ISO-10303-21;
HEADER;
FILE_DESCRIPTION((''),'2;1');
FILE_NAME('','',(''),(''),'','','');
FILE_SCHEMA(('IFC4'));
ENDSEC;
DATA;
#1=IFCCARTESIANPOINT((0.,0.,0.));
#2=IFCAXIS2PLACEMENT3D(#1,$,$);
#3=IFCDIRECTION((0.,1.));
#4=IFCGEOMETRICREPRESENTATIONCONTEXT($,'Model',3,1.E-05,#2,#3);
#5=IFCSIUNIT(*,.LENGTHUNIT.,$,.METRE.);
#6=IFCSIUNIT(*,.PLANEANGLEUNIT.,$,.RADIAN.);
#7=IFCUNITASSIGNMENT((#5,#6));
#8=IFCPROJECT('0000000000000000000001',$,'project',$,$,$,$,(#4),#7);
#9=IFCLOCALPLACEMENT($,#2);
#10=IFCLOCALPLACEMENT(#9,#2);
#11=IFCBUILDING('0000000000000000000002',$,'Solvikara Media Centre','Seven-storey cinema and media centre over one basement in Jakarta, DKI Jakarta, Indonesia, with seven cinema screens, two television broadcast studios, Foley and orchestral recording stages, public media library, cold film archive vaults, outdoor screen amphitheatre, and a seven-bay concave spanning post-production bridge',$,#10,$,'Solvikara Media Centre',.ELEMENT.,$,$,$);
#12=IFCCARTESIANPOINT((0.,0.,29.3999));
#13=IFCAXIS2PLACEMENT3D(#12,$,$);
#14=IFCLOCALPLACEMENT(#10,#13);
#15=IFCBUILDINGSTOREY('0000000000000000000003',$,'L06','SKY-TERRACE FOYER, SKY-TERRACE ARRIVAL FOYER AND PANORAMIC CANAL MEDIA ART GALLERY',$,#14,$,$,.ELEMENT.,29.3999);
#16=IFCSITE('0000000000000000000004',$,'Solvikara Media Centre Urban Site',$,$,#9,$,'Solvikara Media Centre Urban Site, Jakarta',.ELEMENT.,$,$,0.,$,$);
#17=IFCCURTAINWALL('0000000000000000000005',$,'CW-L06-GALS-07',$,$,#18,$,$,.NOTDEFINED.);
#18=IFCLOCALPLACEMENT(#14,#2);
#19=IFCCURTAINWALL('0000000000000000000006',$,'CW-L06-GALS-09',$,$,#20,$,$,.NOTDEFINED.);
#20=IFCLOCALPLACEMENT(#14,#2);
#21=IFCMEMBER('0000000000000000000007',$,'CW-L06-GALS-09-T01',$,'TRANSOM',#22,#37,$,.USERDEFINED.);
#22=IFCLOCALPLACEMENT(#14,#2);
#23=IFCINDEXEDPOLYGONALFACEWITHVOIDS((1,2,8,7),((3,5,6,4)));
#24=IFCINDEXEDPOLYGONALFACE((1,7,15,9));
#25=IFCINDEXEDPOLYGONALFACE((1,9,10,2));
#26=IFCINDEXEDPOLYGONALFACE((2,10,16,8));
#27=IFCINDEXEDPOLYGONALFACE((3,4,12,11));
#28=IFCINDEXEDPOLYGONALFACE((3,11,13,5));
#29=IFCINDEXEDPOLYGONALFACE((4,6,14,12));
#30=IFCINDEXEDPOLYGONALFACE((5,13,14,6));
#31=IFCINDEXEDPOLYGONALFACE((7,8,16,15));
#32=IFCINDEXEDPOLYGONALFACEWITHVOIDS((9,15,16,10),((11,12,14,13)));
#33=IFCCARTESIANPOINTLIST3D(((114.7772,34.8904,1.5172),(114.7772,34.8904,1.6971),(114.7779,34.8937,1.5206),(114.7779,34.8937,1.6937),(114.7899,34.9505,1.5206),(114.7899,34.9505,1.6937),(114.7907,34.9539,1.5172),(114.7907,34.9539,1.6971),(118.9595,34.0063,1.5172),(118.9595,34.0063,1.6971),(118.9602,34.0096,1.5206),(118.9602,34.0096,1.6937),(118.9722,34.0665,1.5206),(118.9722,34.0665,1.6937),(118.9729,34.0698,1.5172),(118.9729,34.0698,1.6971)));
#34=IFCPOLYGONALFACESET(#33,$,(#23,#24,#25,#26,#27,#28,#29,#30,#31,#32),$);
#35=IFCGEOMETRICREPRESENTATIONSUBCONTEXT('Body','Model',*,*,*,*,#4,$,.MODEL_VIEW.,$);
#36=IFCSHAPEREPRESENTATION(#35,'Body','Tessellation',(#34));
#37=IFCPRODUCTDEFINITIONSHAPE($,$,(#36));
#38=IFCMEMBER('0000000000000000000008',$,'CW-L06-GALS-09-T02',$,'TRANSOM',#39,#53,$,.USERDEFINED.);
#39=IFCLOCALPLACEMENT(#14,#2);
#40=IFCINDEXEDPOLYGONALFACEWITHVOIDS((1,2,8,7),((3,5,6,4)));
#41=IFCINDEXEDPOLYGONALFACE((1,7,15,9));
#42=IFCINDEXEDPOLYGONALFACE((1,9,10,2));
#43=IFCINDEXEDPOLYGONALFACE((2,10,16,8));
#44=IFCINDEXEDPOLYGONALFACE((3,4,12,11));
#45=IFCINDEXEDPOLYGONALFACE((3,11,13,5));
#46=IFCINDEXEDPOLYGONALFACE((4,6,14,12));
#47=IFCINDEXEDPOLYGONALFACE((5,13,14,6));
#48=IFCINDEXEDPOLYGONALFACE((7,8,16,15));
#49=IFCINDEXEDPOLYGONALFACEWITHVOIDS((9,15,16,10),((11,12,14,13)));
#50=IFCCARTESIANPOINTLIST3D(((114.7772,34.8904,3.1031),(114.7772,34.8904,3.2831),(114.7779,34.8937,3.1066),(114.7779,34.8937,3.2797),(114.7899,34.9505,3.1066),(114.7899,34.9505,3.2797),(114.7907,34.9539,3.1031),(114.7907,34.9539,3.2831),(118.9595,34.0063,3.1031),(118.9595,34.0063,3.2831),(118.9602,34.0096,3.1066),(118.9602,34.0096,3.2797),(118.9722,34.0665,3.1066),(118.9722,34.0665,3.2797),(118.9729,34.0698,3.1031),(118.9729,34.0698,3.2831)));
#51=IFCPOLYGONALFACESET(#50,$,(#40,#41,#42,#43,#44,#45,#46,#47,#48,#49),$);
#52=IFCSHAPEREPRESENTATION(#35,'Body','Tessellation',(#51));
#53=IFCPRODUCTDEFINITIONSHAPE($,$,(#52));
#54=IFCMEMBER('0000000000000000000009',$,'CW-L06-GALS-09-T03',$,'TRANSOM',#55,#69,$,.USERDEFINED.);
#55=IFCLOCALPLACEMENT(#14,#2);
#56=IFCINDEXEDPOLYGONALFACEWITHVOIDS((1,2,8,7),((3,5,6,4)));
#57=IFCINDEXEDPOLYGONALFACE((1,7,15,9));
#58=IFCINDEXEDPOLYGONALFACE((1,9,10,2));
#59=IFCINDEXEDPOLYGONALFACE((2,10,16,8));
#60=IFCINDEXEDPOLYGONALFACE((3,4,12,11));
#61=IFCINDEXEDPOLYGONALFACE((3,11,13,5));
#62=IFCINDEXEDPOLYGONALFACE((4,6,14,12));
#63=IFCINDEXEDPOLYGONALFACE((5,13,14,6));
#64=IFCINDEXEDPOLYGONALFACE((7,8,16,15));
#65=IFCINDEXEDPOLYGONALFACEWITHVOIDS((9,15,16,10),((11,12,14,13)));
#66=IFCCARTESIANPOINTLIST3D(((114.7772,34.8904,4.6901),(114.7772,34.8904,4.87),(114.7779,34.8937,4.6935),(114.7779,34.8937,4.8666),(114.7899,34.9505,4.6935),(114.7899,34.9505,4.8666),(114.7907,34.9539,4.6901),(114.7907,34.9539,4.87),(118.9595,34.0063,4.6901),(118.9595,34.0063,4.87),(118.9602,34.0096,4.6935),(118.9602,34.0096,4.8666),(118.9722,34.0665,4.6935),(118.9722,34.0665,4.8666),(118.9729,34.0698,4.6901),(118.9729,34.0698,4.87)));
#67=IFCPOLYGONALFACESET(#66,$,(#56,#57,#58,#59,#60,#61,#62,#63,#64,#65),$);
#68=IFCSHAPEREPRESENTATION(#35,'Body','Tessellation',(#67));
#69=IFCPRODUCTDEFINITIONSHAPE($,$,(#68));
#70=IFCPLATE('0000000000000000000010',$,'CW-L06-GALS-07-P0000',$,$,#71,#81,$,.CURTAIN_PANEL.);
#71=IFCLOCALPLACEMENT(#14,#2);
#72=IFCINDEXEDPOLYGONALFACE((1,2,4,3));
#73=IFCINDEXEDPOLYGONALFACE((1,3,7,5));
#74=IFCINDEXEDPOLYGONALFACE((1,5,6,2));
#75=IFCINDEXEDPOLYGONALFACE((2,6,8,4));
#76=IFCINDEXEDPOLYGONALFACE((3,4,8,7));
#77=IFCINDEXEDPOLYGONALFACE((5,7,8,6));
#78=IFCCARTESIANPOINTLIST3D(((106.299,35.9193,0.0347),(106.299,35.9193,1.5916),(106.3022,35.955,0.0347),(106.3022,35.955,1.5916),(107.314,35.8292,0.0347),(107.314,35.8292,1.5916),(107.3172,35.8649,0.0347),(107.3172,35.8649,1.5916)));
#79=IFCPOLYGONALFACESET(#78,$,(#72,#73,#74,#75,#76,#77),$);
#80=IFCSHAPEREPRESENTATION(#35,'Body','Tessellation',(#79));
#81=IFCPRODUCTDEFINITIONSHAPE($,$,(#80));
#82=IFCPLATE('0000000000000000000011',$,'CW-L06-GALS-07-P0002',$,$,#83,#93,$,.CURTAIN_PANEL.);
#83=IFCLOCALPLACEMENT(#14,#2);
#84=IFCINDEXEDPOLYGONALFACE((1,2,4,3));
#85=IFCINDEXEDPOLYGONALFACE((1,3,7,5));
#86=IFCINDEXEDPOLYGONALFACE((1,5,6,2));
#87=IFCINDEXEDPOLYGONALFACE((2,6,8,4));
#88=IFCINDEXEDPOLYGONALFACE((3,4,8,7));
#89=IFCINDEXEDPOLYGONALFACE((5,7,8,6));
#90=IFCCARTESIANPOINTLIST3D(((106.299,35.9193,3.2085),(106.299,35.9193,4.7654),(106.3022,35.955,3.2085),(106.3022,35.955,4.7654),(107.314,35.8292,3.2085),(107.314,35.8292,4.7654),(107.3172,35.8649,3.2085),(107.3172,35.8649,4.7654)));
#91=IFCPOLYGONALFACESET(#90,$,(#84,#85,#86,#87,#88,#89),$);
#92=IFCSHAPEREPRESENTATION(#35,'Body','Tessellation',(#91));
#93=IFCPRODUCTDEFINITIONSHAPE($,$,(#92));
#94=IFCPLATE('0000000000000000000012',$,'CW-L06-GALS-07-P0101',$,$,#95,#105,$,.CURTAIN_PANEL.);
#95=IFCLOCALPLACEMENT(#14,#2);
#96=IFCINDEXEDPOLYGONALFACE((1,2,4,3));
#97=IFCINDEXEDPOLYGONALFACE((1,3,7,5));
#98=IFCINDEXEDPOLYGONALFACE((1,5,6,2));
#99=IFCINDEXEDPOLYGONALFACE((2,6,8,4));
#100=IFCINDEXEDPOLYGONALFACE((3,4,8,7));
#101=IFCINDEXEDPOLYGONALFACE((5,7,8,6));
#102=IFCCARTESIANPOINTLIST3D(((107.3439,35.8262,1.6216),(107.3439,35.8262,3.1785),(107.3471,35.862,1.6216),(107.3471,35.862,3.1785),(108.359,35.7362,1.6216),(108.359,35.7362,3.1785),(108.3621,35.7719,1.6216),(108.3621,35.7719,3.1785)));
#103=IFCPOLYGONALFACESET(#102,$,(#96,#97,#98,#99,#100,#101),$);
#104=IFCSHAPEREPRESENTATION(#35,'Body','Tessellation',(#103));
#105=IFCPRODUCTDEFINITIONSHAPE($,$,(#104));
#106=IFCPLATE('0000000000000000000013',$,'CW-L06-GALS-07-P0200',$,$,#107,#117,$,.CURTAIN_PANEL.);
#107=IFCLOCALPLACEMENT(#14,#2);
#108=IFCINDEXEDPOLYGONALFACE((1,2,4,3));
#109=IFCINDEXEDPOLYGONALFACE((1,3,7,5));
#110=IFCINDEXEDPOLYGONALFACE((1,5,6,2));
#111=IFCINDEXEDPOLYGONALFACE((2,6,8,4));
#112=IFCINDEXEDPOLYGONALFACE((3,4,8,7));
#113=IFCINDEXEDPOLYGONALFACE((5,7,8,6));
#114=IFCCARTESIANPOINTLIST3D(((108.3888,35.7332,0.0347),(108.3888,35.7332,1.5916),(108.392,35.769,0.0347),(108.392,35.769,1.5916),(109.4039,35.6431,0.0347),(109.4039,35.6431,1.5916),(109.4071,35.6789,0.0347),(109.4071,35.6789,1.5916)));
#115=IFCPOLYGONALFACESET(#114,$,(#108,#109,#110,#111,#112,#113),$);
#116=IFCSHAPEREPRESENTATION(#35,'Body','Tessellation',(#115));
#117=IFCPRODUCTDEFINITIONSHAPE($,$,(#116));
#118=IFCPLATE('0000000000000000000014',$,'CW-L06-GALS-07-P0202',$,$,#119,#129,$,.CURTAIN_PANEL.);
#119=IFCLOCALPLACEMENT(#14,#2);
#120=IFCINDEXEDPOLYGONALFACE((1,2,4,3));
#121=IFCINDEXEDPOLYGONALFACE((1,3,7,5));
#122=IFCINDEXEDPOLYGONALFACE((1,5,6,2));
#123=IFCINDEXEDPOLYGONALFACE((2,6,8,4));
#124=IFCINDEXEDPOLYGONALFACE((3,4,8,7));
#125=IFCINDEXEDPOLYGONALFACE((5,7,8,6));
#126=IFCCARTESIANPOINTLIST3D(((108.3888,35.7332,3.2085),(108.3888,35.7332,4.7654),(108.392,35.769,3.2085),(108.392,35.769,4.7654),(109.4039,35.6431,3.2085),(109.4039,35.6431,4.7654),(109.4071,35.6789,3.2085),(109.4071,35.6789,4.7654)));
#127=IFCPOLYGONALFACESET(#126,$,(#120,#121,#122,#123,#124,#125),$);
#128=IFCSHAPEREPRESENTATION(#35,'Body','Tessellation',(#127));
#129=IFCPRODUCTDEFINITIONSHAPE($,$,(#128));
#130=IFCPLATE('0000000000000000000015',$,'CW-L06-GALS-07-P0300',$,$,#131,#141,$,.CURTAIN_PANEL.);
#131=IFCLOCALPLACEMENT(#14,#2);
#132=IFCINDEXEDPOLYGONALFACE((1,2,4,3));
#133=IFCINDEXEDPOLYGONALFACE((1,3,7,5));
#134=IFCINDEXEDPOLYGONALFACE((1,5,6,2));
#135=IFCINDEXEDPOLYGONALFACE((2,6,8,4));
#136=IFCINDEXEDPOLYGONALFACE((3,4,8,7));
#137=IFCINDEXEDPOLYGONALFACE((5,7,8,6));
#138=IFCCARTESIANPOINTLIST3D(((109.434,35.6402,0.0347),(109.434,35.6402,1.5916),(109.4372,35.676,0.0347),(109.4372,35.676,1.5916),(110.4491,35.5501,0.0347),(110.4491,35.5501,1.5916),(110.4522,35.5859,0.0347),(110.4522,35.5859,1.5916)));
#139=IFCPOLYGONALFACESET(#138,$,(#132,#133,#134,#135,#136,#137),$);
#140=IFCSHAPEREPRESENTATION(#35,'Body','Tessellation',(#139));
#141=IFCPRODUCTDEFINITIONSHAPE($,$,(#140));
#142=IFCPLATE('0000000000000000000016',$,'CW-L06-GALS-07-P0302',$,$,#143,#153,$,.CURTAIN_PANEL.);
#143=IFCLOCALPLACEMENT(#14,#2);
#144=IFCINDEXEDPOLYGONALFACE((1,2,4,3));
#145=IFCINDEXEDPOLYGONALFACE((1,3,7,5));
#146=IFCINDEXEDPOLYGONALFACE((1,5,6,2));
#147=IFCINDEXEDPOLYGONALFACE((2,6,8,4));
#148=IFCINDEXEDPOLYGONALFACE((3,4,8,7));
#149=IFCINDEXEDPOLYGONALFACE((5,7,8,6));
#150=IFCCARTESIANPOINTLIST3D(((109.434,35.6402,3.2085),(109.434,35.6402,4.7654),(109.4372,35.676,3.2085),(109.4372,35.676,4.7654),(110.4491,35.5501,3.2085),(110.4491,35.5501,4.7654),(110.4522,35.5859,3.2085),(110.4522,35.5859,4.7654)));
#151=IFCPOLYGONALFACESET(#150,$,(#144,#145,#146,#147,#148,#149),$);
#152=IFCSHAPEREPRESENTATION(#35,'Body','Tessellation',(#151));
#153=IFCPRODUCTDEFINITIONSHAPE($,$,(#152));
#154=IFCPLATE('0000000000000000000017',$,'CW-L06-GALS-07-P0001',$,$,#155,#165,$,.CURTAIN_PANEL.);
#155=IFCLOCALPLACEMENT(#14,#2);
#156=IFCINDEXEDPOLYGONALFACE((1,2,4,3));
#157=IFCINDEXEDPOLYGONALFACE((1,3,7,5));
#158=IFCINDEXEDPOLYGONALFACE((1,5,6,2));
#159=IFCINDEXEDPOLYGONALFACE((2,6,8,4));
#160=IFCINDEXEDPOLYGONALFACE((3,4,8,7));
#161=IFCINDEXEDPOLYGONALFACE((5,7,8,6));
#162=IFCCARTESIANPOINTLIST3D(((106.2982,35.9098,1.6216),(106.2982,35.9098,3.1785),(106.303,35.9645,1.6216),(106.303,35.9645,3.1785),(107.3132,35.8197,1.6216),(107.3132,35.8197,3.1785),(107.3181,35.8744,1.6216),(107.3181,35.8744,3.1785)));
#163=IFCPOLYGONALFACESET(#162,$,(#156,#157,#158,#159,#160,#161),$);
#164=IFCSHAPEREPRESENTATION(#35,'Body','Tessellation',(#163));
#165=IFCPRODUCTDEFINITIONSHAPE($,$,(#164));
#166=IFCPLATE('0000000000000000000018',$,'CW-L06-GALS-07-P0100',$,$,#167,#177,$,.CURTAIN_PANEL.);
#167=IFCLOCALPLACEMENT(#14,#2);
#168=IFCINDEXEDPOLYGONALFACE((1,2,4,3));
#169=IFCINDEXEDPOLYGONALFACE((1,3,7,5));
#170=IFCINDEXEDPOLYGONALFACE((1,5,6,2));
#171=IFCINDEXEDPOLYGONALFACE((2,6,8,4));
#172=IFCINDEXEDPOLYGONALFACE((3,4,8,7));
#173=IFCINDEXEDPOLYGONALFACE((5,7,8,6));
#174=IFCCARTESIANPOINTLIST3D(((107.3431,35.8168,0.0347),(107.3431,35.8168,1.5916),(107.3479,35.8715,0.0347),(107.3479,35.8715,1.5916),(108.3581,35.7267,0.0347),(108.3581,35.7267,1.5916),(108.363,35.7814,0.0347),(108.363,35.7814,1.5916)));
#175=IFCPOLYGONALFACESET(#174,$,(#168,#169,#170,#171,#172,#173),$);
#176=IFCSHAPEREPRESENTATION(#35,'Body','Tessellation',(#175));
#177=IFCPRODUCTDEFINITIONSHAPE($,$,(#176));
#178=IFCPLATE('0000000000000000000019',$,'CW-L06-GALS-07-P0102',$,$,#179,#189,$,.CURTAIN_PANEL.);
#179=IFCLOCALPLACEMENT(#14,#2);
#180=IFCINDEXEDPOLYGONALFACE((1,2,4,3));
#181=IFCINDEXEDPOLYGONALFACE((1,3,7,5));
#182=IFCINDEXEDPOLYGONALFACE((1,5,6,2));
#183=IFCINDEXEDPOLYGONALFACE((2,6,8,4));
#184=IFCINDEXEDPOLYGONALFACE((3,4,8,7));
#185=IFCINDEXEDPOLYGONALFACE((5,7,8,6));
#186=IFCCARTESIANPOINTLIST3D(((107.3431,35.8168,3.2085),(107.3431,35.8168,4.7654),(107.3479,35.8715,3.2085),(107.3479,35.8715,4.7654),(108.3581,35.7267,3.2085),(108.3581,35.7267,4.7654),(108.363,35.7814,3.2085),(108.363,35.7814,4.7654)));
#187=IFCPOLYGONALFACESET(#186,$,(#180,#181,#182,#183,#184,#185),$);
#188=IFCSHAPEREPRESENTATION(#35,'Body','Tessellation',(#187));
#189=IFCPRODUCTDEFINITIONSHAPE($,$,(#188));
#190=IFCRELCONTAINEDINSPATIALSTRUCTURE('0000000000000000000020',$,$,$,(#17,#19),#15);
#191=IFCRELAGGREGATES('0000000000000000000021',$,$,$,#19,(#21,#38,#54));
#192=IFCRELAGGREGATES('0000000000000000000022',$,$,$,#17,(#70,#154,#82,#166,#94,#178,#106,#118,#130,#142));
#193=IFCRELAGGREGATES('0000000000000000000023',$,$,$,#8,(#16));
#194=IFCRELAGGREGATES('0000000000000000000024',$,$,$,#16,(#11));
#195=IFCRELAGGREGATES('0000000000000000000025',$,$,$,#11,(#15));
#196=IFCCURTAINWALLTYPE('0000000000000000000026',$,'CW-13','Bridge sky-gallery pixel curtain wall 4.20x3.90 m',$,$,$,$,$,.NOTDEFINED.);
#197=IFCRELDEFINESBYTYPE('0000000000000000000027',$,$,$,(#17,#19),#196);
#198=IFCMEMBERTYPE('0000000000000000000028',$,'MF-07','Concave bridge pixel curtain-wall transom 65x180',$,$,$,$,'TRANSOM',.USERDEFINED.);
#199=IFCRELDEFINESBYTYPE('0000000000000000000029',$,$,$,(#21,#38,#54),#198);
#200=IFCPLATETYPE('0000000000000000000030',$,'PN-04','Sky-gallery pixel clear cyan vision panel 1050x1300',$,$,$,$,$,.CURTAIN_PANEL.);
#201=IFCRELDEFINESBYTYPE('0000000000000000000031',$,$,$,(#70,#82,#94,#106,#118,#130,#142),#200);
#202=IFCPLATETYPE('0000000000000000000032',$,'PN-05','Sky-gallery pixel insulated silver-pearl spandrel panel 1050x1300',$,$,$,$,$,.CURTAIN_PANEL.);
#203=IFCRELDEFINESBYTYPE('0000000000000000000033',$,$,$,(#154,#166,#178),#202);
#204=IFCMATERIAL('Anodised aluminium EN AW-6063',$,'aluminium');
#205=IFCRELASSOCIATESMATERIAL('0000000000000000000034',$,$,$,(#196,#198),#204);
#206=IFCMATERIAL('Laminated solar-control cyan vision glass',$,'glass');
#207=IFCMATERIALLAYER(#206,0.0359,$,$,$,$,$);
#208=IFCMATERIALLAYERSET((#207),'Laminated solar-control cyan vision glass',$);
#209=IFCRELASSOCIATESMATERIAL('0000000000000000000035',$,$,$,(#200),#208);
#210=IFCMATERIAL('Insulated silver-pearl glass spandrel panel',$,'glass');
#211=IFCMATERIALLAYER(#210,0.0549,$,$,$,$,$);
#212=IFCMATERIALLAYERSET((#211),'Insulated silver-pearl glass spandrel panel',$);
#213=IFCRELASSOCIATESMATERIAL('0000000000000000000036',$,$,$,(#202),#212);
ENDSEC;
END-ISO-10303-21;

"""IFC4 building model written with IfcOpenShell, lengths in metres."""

from ifc_helpers import new_model, si_unit, direction, frame, origin, origin_2d, place, context, subcontext, project, spatial, rectangle, hollow_rectangle, extrude, material, layer, layer_set, material_profile, profile_set, type_object, element, aggregate, save


model = new_model("IFC4")

# Units and contexts
model_context = context("Model", 3, precision=1e-05, world=origin(), true_north=direction((0.0, 1.0)))
body_context = subcontext(model_context, "Body", "Model", "MODEL_VIEW")
ifc_project = project(units=[si_unit("LENGTHUNIT", "METRE"), si_unit("PLANEANGLEUNIT", "RADIAN")], contexts=[model_context])

# Site, building, storey
site_placement = place(None, origin())
site = spatial("IfcSite", under=ifc_project, at=site_placement, Name="Solvikara Media Centre Urban Site", LongName="Solvikara Media Centre Urban Site, Jakarta", CompositionType="ELEMENT", RefElevation=0.0)
building_placement = place(site_placement, origin())
building = spatial("IfcBuilding", under=site, at=building_placement, Name="Solvikara Media Centre", Description="Seven-storey cinema and media centre over one basement in Jakarta, DKI Jakarta, Indonesia, with seven cinema screens, two television broadcast studios, Foley and orchestral recording stages, public media library, cold film archive vaults, outdoor screen amphitheatre, and a seven-bay concave spanning post-production bridge", LongName="Solvikara Media Centre", CompositionType="ELEMENT")
storey_placement = place(building_placement, frame((0.0, 0.0, 29.3999)))
storey = spatial("IfcBuildingStorey", under=building, at=storey_placement, Name="L06", Description="SKY-TERRACE FOYER, SKY-TERRACE ARRIVAL FOYER AND PANORAMIC CANAL MEDIA ART GALLERY", CompositionType="ELEMENT", Elevation=29.3999)

# Curtain walls, members
ifc_material_1 = material(Name="Anodised aluminium EN AW-6063", Category="aluminium")
curtain_wall_type = type_object("IfcCurtainWallType", Name="CW-13", Description="Bridge sky-gallery pixel curtain wall 4.20x3.90 m", PredefinedType="NOTDEFINED", material=ifc_material_1)
curtain_wall_1_placement = place(storey_placement, origin())
curtain_wall_1 = element("IfcCurtainWall", 1, at=curtain_wall_1_placement, inside=storey, type_object=curtain_wall_type, Name="CW-L06-GALS-07", PredefinedType="NOTDEFINED")
curtain_wall_2_placement = place(storey_placement, origin())
curtain_wall_2 = element("IfcCurtainWall", 2, at=curtain_wall_2_placement, inside=storey, type_object=curtain_wall_type, Name="CW-L06-GALS-09", PredefinedType="NOTDEFINED")
ifc_material_profile_1 = material_profile(ifc_material_1, hollow_rectangle(XDim=0.0649, YDim=0.1799, WallThickness=0.0034, at=origin_2d()), Name="ALU-T 65x180x3.5")
ifc_profile_set_1 = profile_set([ifc_material_profile_1], Name="Anodised aluminium EN AW-6063")
member_type_1 = type_object("IfcMemberType", Name="MF-07", Description="Concave bridge pixel curtain-wall transom 65x180", ElementType="TRANSOM", PredefinedType="USERDEFINED", material=ifc_profile_set_1)
member_1_placement = place(storey_placement, frame((114.7839, 34.9221, 1.6072), z_axis=(0.97838, -0.206814, 0.0), x_axis=(0.206814, 0.97838, 0.0)))
member_1 = element("IfcMember", 3, at=member_1_placement, type_object=member_type_1, Name="CW-L06-GALS-09-T01", ObjectType="TRANSOM", PredefinedType="USERDEFINED", context=body_context, shape_type="SweptSolid", body=[
    extrude(hollow_rectangle(XDim=0.0649, YDim=0.1799, WallThickness=0.0034, at=origin_2d()), origin(), (0.0, 0.0, 1.0), 4.2747),
])
member_2_placement = place(storey_placement, frame((114.7839, 34.9221, 3.1931), z_axis=(0.97838, -0.206814, 0.0), x_axis=(0.206814, 0.97838, 0.0)))
member_2 = element("IfcMember", 4, at=member_2_placement, type_object=member_type_1, Name="CW-L06-GALS-09-T02", ObjectType="TRANSOM", PredefinedType="USERDEFINED", context=body_context, shape_type="SweptSolid", body=[
    extrude(hollow_rectangle(XDim=0.0649, YDim=0.1799, WallThickness=0.0034, at=origin_2d()), origin(), (0.0, 0.0, 1.0), 4.2747),
])
member_3_placement = place(storey_placement, frame((114.7839, 34.9221, 4.78), z_axis=(0.97838, -0.206814, 0.0), x_axis=(0.206814, 0.97838, 0.0)))
member_3 = element("IfcMember", 5, at=member_3_placement, type_object=member_type_1, Name="CW-L06-GALS-09-T03", ObjectType="TRANSOM", PredefinedType="USERDEFINED", context=body_context, shape_type="SweptSolid", body=[
    extrude(hollow_rectangle(XDim=0.0649, YDim=0.1799, WallThickness=0.0034, at=origin_2d()), origin(), (0.0, 0.0, 1.0), 4.2747),
])
aggregate(curtain_wall_2, [member_1, member_2, member_3])

# Plates
ifc_material_2 = material(Name="Laminated solar-control cyan vision glass", Category="glass")
ifc_layer_1 = layer(ifc_material_2, 0.0359)
ifc_layer_set_1 = layer_set([ifc_layer_1], Name="Laminated solar-control cyan vision glass")
plate_type_1 = type_object("IfcPlateType", Name="PN-04", Description="Sky-gallery pixel clear cyan vision panel 1050x1300", PredefinedType="CURTAIN_PANEL", material=ifc_layer_set_1)
plate_1_placement = place(storey_placement, frame((106.8081, 35.8921, 0.0347), z_axis=(0.0, 0.0, 1.0), x_axis=(0.996084, -0.088408, 0.0)))
plate_1 = element("IfcPlate", 6, at=plate_1_placement, type_object=plate_type_1, Name="CW-L06-GALS-07-P0000", PredefinedType="CURTAIN_PANEL", context=body_context, shape_type="SweptSolid", body=[
    extrude(rectangle(XDim=1.019, YDim=0.0359, at=origin_2d()), origin(), (0.0, 0.0, 1.0), 1.5569),
])
plate_2_placement = place(storey_placement, frame((106.8081, 35.8921, 3.2085), z_axis=(0.0, 0.0, 1.0), x_axis=(0.996084, -0.088408, 0.0)))
plate_2 = element("IfcPlate", 7, at=plate_2_placement, type_object=plate_type_1, Name="CW-L06-GALS-07-P0002", PredefinedType="CURTAIN_PANEL", context=body_context, shape_type="SweptSolid", body=[
    extrude(rectangle(XDim=1.019, YDim=0.0359, at=origin_2d()), origin(), (0.0, 0.0, 1.0), 1.5569),
])
plate_3_placement = place(storey_placement, frame((107.853, 35.7991, 1.6216), z_axis=(0.0, 0.0, 1.0), x_axis=(0.996084, -0.088408, 0.0)))
plate_3 = element("IfcPlate", 8, at=plate_3_placement, type_object=plate_type_1, Name="CW-L06-GALS-07-P0101", PredefinedType="CURTAIN_PANEL", context=body_context, shape_type="SweptSolid", body=[
    extrude(rectangle(XDim=1.019, YDim=0.0359, at=origin_2d()), origin(), (0.0, 0.0, 1.0), 1.5569),
])
plate_4_placement = place(storey_placement, frame((108.8979, 35.7061, 0.0347), z_axis=(0.0, 0.0, 1.0), x_axis=(0.996084, -0.088408, 0.0)))
plate_4 = element("IfcPlate", 9, at=plate_4_placement, type_object=plate_type_1, Name="CW-L06-GALS-07-P0200", PredefinedType="CURTAIN_PANEL", context=body_context, shape_type="SweptSolid", body=[
    extrude(rectangle(XDim=1.019, YDim=0.0359, at=origin_2d()), origin(), (0.0, 0.0, 1.0), 1.5569),
])
plate_5_placement = place(storey_placement, frame((108.8979, 35.7061, 3.2085), z_axis=(0.0, 0.0, 1.0), x_axis=(0.996084, -0.088408, 0.0)))
plate_5 = element("IfcPlate", 10, at=plate_5_placement, type_object=plate_type_1, Name="CW-L06-GALS-07-P0202", PredefinedType="CURTAIN_PANEL", context=body_context, shape_type="SweptSolid", body=[
    extrude(rectangle(XDim=1.019, YDim=0.0359, at=origin_2d()), origin(), (0.0, 0.0, 1.0), 1.5569),
])
plate_6_placement = place(storey_placement, frame((109.9431, 35.613, 0.0347), z_axis=(0.0, 0.0, 1.0), x_axis=(0.996084, -0.088408, 0.0)))
plate_6 = element("IfcPlate", 11, at=plate_6_placement, type_object=plate_type_1, Name="CW-L06-GALS-07-P0300", PredefinedType="CURTAIN_PANEL", context=body_context, shape_type="SweptSolid", body=[
    extrude(rectangle(XDim=1.019, YDim=0.0359, at=origin_2d()), origin(), (0.0, 0.0, 1.0), 1.5569),
])
plate_7_placement = place(storey_placement, frame((109.9431, 35.613, 3.2085), z_axis=(0.0, 0.0, 1.0), x_axis=(0.996084, -0.088408, 0.0)))
plate_7 = element("IfcPlate", 12, at=plate_7_placement, type_object=plate_type_1, Name="CW-L06-GALS-07-P0302", PredefinedType="CURTAIN_PANEL", context=body_context, shape_type="SweptSolid", body=[
    extrude(rectangle(XDim=1.019, YDim=0.0359, at=origin_2d()), origin(), (0.0, 0.0, 1.0), 1.5569),
])
ifc_material_3 = material(Name="Insulated silver-pearl glass spandrel panel", Category="glass")
ifc_layer_2 = layer(ifc_material_3, 0.0549)
ifc_layer_set_2 = layer_set([ifc_layer_2], Name="Insulated silver-pearl glass spandrel panel")
plate_type_2 = type_object("IfcPlateType", Name="PN-05", Description="Sky-gallery pixel insulated silver-pearl spandrel panel 1050x1300", PredefinedType="CURTAIN_PANEL", material=ifc_layer_set_2)
plate_8_placement = place(storey_placement, frame((106.8081, 35.8921, 1.6216), z_axis=(0.0, 0.0, 1.0), x_axis=(0.996084, -0.088408, 0.0)))
plate_8 = element("IfcPlate", 13, at=plate_8_placement, type_object=plate_type_2, Name="CW-L06-GALS-07-P0001", PredefinedType="CURTAIN_PANEL", context=body_context, shape_type="SweptSolid", body=[
    extrude(rectangle(XDim=1.019, YDim=0.0549, at=origin_2d()), origin(), (0.0, 0.0, 1.0), 1.5569),
])
plate_9_placement = place(storey_placement, frame((107.853, 35.7991, 0.0347), z_axis=(0.0, 0.0, 1.0), x_axis=(0.996084, -0.088408, 0.0)))
plate_9 = element("IfcPlate", 14, at=plate_9_placement, type_object=plate_type_2, Name="CW-L06-GALS-07-P0100", PredefinedType="CURTAIN_PANEL", context=body_context, shape_type="SweptSolid", body=[
    extrude(rectangle(XDim=1.019, YDim=0.0549, at=origin_2d()), origin(), (0.0, 0.0, 1.0), 1.5569),
])
plate_10_placement = place(storey_placement, frame((107.853, 35.7991, 3.2085), z_axis=(0.0, 0.0, 1.0), x_axis=(0.996084, -0.088408, 0.0)))
plate_10 = element("IfcPlate", 15, at=plate_10_placement, type_object=plate_type_2, Name="CW-L06-GALS-07-P0102", PredefinedType="CURTAIN_PANEL", context=body_context, shape_type="SweptSolid", body=[
    extrude(rectangle(XDim=1.019, YDim=0.0549, at=origin_2d()), origin(), (0.0, 0.0, 1.0), 1.5569),
])
aggregate(curtain_wall_1, [plate_1, plate_8, plate_2, plate_9, plate_3, plate_10, plate_4, plate_5, plate_6, plate_7])

save(model, "model.ifc")
